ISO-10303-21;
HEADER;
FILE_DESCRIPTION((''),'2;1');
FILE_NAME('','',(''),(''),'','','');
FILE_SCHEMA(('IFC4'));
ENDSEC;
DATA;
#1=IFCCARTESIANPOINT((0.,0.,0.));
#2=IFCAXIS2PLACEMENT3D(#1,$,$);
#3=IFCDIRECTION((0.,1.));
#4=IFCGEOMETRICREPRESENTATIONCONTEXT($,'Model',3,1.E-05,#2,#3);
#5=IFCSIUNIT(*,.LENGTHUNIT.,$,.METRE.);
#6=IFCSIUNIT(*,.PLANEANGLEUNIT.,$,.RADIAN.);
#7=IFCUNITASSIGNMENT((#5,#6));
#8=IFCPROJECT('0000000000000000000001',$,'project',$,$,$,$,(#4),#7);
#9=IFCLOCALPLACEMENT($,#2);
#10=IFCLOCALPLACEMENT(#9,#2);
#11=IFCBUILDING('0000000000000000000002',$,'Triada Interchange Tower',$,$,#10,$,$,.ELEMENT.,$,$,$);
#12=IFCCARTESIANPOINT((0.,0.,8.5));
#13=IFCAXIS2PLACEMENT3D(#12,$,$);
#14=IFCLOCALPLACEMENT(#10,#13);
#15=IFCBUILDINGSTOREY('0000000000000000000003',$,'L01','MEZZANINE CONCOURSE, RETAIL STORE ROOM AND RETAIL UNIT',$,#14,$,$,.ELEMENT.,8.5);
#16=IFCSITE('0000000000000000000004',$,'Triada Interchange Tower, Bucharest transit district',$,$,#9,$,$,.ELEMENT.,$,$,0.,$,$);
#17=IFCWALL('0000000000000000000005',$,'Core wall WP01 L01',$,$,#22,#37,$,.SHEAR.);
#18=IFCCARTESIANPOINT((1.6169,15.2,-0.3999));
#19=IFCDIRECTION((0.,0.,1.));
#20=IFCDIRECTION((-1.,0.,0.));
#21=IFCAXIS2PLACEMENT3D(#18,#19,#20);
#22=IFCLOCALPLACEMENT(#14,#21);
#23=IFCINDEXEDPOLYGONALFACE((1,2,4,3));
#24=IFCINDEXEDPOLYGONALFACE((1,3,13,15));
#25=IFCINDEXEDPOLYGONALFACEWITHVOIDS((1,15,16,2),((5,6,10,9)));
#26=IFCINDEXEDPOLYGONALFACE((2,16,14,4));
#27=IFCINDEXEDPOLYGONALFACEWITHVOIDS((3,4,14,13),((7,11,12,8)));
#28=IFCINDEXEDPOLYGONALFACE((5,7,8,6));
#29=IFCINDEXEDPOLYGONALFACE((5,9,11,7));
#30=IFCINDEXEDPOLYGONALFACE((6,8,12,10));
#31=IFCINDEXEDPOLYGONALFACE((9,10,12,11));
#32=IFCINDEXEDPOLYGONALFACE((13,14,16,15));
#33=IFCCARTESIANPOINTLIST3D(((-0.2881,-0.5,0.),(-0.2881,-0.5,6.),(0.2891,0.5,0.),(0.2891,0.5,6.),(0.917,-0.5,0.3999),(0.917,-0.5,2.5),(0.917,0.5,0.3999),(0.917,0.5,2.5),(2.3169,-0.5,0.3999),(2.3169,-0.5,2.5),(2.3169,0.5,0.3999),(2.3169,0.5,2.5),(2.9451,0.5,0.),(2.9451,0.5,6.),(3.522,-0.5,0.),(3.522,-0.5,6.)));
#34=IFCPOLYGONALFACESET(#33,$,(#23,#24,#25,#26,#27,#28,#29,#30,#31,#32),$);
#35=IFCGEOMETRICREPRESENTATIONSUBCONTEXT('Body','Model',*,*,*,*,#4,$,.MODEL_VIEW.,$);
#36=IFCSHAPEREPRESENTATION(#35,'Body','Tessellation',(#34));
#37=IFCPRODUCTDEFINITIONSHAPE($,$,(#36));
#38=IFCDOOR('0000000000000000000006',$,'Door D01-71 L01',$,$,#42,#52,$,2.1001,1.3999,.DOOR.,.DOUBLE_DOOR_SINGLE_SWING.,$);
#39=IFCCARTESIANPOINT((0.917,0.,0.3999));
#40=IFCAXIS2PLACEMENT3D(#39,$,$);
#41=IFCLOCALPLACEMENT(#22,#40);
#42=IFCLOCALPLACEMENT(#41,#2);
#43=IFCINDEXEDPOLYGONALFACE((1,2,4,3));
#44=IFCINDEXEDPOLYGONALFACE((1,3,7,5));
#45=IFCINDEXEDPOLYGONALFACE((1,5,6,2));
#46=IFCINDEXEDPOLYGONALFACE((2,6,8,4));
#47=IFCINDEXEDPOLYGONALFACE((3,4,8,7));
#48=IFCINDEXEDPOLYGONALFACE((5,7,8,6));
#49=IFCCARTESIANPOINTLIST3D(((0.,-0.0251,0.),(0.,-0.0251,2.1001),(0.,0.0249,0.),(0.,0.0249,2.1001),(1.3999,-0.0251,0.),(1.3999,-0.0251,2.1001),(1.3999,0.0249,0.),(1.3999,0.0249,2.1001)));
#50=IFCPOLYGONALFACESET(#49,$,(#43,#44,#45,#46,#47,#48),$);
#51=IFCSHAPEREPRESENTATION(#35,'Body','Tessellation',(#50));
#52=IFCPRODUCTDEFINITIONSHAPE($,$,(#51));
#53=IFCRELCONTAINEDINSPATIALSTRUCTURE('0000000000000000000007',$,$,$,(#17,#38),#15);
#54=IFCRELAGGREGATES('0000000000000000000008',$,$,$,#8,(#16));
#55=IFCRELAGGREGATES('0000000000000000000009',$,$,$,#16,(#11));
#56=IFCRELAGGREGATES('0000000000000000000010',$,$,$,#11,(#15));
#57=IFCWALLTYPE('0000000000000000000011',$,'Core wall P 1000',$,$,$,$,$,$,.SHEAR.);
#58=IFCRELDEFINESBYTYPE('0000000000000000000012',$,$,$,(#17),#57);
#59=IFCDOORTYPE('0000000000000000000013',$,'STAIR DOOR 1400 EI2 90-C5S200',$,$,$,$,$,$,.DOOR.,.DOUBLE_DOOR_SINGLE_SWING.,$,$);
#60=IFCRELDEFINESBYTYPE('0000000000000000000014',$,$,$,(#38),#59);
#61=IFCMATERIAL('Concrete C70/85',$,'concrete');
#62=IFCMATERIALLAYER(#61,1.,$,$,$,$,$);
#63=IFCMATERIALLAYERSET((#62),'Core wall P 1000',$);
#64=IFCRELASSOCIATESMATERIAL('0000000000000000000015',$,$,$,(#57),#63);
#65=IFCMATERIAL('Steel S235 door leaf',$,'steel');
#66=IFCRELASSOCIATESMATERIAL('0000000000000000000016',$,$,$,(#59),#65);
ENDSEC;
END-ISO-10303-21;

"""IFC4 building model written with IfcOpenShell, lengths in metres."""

from ifc_helpers import new_model, si_unit, direction, frame, frame_2d, origin, place, context, subcontext, project, spatial, polyline, rectangle, outline, extrude, material, layer, layer_set, type_object, element, fill, save


model = new_model("IFC4")

# Units and contexts
model_context = context("Model", 3, precision=1e-05, world=origin(), true_north=direction((0.0, 1.0)))
body_context = subcontext(model_context, "Body", "Model", "MODEL_VIEW")
ifc_project = project(units=[si_unit("LENGTHUNIT", "METRE"), si_unit("PLANEANGLEUNIT", "RADIAN")], contexts=[model_context])

# Site, building, storey
site_placement = place(None, origin())
site = spatial("IfcSite", under=ifc_project, at=site_placement, Name="Triada Interchange Tower, Bucharest transit district", CompositionType="ELEMENT", RefElevation=0.0)
building_placement = place(site_placement, origin())
building = spatial("IfcBuilding", under=site, at=building_placement, Name="Triada Interchange Tower", CompositionType="ELEMENT")
storey_placement = place(building_placement, frame((0.0, 0.0, 8.5)))
storey = spatial("IfcBuildingStorey", under=building, at=storey_placement, Name="L01", Description="MEZZANINE CONCOURSE, RETAIL STORE ROOM AND RETAIL UNIT", CompositionType="ELEMENT", Elevation=8.5)

# Shared definitions
ifc_material_1 = material(Name="Concrete C70/85", Category="concrete")

# Wall, opening, door
ifc_layer_1 = layer(ifc_material_1, 1.0)
ifc_layer_set_1 = layer_set([ifc_layer_1], Name="Core wall P 1000")
wall_type_1 = type_object("IfcWallType", Name="Core wall P 1000", PredefinedType="SHEAR", material=ifc_layer_set_1)
wall_1_placement = place(storey_placement, frame((1.6169, 15.2, -0.3999), z_axis=(0.0, 0.0, 1.0), x_axis=(-1.0, 0.0, 0.0)))
wall_1 = element("IfcWall", 1, at=wall_1_placement, inside=storey, type_object=wall_type_1, Name="Core wall WP01 L01", PredefinedType="SHEAR", context=body_context, shape_type="SweptSolid", body=[
    extrude(outline(polyline([(-0.2881, -0.5), (1.6169, -0.5), (3.522, -0.5), (2.9451, 0.5), (1.6172, 0.5), (0.2891, 0.5), (-0.2881, -0.5)])), origin(), (0.0, 0.0, 1.0), 6.0),
])
opening_placement = place(wall_1_placement, frame((0.917, 0.0, 0.3999)))
opening = element("IfcOpeningElement", 2, at=opening_placement, cuts=wall_1, PredefinedType="OPENING", context=body_context, shape_type="SweptSolid", body=[
    extrude(rectangle(XDim=1.3999, YDim=2.1001, at=frame_2d((0.7, 1.05))), frame((0.0, 0.51, 0.0), z_axis=(0.0, -1.0, 0.0), x_axis=(1.0, 0.0, 0.0)), (0.0, 0.0, 1.0), 1.02),
])
ifc_material_2 = material(Name="Steel S235 door leaf", Category="steel")
door_type = type_object("IfcDoorType", Name="STAIR DOOR 1400 EI2 90-C5S200", OperationType="DOUBLE_DOOR_SINGLE_SWING", PredefinedType="DOOR", material=ifc_material_2)
door_placement = place(opening_placement, origin())
door = element("IfcDoor", 3, at=door_placement, inside=storey, type_object=door_type, Name="Door D01-71 L01", OperationType="DOUBLE_DOOR_SINGLE_SWING", OverallHeight=2.1001, OverallWidth=1.3999, PredefinedType="DOOR", context=body_context, shape_type="SweptSolid", body=[
    extrude(rectangle(XDim=1.3999, YDim=2.1001, at=frame_2d((0.7, 1.05))), frame((0.0, 0.0249, 0.0), z_axis=(0.0, -1.0, 0.0), x_axis=(1.0, 0.0, 0.0)), (0.0, 0.0, 1.0), 0.05),
])
fill(opening, door)

save(model, "model.ifc")
